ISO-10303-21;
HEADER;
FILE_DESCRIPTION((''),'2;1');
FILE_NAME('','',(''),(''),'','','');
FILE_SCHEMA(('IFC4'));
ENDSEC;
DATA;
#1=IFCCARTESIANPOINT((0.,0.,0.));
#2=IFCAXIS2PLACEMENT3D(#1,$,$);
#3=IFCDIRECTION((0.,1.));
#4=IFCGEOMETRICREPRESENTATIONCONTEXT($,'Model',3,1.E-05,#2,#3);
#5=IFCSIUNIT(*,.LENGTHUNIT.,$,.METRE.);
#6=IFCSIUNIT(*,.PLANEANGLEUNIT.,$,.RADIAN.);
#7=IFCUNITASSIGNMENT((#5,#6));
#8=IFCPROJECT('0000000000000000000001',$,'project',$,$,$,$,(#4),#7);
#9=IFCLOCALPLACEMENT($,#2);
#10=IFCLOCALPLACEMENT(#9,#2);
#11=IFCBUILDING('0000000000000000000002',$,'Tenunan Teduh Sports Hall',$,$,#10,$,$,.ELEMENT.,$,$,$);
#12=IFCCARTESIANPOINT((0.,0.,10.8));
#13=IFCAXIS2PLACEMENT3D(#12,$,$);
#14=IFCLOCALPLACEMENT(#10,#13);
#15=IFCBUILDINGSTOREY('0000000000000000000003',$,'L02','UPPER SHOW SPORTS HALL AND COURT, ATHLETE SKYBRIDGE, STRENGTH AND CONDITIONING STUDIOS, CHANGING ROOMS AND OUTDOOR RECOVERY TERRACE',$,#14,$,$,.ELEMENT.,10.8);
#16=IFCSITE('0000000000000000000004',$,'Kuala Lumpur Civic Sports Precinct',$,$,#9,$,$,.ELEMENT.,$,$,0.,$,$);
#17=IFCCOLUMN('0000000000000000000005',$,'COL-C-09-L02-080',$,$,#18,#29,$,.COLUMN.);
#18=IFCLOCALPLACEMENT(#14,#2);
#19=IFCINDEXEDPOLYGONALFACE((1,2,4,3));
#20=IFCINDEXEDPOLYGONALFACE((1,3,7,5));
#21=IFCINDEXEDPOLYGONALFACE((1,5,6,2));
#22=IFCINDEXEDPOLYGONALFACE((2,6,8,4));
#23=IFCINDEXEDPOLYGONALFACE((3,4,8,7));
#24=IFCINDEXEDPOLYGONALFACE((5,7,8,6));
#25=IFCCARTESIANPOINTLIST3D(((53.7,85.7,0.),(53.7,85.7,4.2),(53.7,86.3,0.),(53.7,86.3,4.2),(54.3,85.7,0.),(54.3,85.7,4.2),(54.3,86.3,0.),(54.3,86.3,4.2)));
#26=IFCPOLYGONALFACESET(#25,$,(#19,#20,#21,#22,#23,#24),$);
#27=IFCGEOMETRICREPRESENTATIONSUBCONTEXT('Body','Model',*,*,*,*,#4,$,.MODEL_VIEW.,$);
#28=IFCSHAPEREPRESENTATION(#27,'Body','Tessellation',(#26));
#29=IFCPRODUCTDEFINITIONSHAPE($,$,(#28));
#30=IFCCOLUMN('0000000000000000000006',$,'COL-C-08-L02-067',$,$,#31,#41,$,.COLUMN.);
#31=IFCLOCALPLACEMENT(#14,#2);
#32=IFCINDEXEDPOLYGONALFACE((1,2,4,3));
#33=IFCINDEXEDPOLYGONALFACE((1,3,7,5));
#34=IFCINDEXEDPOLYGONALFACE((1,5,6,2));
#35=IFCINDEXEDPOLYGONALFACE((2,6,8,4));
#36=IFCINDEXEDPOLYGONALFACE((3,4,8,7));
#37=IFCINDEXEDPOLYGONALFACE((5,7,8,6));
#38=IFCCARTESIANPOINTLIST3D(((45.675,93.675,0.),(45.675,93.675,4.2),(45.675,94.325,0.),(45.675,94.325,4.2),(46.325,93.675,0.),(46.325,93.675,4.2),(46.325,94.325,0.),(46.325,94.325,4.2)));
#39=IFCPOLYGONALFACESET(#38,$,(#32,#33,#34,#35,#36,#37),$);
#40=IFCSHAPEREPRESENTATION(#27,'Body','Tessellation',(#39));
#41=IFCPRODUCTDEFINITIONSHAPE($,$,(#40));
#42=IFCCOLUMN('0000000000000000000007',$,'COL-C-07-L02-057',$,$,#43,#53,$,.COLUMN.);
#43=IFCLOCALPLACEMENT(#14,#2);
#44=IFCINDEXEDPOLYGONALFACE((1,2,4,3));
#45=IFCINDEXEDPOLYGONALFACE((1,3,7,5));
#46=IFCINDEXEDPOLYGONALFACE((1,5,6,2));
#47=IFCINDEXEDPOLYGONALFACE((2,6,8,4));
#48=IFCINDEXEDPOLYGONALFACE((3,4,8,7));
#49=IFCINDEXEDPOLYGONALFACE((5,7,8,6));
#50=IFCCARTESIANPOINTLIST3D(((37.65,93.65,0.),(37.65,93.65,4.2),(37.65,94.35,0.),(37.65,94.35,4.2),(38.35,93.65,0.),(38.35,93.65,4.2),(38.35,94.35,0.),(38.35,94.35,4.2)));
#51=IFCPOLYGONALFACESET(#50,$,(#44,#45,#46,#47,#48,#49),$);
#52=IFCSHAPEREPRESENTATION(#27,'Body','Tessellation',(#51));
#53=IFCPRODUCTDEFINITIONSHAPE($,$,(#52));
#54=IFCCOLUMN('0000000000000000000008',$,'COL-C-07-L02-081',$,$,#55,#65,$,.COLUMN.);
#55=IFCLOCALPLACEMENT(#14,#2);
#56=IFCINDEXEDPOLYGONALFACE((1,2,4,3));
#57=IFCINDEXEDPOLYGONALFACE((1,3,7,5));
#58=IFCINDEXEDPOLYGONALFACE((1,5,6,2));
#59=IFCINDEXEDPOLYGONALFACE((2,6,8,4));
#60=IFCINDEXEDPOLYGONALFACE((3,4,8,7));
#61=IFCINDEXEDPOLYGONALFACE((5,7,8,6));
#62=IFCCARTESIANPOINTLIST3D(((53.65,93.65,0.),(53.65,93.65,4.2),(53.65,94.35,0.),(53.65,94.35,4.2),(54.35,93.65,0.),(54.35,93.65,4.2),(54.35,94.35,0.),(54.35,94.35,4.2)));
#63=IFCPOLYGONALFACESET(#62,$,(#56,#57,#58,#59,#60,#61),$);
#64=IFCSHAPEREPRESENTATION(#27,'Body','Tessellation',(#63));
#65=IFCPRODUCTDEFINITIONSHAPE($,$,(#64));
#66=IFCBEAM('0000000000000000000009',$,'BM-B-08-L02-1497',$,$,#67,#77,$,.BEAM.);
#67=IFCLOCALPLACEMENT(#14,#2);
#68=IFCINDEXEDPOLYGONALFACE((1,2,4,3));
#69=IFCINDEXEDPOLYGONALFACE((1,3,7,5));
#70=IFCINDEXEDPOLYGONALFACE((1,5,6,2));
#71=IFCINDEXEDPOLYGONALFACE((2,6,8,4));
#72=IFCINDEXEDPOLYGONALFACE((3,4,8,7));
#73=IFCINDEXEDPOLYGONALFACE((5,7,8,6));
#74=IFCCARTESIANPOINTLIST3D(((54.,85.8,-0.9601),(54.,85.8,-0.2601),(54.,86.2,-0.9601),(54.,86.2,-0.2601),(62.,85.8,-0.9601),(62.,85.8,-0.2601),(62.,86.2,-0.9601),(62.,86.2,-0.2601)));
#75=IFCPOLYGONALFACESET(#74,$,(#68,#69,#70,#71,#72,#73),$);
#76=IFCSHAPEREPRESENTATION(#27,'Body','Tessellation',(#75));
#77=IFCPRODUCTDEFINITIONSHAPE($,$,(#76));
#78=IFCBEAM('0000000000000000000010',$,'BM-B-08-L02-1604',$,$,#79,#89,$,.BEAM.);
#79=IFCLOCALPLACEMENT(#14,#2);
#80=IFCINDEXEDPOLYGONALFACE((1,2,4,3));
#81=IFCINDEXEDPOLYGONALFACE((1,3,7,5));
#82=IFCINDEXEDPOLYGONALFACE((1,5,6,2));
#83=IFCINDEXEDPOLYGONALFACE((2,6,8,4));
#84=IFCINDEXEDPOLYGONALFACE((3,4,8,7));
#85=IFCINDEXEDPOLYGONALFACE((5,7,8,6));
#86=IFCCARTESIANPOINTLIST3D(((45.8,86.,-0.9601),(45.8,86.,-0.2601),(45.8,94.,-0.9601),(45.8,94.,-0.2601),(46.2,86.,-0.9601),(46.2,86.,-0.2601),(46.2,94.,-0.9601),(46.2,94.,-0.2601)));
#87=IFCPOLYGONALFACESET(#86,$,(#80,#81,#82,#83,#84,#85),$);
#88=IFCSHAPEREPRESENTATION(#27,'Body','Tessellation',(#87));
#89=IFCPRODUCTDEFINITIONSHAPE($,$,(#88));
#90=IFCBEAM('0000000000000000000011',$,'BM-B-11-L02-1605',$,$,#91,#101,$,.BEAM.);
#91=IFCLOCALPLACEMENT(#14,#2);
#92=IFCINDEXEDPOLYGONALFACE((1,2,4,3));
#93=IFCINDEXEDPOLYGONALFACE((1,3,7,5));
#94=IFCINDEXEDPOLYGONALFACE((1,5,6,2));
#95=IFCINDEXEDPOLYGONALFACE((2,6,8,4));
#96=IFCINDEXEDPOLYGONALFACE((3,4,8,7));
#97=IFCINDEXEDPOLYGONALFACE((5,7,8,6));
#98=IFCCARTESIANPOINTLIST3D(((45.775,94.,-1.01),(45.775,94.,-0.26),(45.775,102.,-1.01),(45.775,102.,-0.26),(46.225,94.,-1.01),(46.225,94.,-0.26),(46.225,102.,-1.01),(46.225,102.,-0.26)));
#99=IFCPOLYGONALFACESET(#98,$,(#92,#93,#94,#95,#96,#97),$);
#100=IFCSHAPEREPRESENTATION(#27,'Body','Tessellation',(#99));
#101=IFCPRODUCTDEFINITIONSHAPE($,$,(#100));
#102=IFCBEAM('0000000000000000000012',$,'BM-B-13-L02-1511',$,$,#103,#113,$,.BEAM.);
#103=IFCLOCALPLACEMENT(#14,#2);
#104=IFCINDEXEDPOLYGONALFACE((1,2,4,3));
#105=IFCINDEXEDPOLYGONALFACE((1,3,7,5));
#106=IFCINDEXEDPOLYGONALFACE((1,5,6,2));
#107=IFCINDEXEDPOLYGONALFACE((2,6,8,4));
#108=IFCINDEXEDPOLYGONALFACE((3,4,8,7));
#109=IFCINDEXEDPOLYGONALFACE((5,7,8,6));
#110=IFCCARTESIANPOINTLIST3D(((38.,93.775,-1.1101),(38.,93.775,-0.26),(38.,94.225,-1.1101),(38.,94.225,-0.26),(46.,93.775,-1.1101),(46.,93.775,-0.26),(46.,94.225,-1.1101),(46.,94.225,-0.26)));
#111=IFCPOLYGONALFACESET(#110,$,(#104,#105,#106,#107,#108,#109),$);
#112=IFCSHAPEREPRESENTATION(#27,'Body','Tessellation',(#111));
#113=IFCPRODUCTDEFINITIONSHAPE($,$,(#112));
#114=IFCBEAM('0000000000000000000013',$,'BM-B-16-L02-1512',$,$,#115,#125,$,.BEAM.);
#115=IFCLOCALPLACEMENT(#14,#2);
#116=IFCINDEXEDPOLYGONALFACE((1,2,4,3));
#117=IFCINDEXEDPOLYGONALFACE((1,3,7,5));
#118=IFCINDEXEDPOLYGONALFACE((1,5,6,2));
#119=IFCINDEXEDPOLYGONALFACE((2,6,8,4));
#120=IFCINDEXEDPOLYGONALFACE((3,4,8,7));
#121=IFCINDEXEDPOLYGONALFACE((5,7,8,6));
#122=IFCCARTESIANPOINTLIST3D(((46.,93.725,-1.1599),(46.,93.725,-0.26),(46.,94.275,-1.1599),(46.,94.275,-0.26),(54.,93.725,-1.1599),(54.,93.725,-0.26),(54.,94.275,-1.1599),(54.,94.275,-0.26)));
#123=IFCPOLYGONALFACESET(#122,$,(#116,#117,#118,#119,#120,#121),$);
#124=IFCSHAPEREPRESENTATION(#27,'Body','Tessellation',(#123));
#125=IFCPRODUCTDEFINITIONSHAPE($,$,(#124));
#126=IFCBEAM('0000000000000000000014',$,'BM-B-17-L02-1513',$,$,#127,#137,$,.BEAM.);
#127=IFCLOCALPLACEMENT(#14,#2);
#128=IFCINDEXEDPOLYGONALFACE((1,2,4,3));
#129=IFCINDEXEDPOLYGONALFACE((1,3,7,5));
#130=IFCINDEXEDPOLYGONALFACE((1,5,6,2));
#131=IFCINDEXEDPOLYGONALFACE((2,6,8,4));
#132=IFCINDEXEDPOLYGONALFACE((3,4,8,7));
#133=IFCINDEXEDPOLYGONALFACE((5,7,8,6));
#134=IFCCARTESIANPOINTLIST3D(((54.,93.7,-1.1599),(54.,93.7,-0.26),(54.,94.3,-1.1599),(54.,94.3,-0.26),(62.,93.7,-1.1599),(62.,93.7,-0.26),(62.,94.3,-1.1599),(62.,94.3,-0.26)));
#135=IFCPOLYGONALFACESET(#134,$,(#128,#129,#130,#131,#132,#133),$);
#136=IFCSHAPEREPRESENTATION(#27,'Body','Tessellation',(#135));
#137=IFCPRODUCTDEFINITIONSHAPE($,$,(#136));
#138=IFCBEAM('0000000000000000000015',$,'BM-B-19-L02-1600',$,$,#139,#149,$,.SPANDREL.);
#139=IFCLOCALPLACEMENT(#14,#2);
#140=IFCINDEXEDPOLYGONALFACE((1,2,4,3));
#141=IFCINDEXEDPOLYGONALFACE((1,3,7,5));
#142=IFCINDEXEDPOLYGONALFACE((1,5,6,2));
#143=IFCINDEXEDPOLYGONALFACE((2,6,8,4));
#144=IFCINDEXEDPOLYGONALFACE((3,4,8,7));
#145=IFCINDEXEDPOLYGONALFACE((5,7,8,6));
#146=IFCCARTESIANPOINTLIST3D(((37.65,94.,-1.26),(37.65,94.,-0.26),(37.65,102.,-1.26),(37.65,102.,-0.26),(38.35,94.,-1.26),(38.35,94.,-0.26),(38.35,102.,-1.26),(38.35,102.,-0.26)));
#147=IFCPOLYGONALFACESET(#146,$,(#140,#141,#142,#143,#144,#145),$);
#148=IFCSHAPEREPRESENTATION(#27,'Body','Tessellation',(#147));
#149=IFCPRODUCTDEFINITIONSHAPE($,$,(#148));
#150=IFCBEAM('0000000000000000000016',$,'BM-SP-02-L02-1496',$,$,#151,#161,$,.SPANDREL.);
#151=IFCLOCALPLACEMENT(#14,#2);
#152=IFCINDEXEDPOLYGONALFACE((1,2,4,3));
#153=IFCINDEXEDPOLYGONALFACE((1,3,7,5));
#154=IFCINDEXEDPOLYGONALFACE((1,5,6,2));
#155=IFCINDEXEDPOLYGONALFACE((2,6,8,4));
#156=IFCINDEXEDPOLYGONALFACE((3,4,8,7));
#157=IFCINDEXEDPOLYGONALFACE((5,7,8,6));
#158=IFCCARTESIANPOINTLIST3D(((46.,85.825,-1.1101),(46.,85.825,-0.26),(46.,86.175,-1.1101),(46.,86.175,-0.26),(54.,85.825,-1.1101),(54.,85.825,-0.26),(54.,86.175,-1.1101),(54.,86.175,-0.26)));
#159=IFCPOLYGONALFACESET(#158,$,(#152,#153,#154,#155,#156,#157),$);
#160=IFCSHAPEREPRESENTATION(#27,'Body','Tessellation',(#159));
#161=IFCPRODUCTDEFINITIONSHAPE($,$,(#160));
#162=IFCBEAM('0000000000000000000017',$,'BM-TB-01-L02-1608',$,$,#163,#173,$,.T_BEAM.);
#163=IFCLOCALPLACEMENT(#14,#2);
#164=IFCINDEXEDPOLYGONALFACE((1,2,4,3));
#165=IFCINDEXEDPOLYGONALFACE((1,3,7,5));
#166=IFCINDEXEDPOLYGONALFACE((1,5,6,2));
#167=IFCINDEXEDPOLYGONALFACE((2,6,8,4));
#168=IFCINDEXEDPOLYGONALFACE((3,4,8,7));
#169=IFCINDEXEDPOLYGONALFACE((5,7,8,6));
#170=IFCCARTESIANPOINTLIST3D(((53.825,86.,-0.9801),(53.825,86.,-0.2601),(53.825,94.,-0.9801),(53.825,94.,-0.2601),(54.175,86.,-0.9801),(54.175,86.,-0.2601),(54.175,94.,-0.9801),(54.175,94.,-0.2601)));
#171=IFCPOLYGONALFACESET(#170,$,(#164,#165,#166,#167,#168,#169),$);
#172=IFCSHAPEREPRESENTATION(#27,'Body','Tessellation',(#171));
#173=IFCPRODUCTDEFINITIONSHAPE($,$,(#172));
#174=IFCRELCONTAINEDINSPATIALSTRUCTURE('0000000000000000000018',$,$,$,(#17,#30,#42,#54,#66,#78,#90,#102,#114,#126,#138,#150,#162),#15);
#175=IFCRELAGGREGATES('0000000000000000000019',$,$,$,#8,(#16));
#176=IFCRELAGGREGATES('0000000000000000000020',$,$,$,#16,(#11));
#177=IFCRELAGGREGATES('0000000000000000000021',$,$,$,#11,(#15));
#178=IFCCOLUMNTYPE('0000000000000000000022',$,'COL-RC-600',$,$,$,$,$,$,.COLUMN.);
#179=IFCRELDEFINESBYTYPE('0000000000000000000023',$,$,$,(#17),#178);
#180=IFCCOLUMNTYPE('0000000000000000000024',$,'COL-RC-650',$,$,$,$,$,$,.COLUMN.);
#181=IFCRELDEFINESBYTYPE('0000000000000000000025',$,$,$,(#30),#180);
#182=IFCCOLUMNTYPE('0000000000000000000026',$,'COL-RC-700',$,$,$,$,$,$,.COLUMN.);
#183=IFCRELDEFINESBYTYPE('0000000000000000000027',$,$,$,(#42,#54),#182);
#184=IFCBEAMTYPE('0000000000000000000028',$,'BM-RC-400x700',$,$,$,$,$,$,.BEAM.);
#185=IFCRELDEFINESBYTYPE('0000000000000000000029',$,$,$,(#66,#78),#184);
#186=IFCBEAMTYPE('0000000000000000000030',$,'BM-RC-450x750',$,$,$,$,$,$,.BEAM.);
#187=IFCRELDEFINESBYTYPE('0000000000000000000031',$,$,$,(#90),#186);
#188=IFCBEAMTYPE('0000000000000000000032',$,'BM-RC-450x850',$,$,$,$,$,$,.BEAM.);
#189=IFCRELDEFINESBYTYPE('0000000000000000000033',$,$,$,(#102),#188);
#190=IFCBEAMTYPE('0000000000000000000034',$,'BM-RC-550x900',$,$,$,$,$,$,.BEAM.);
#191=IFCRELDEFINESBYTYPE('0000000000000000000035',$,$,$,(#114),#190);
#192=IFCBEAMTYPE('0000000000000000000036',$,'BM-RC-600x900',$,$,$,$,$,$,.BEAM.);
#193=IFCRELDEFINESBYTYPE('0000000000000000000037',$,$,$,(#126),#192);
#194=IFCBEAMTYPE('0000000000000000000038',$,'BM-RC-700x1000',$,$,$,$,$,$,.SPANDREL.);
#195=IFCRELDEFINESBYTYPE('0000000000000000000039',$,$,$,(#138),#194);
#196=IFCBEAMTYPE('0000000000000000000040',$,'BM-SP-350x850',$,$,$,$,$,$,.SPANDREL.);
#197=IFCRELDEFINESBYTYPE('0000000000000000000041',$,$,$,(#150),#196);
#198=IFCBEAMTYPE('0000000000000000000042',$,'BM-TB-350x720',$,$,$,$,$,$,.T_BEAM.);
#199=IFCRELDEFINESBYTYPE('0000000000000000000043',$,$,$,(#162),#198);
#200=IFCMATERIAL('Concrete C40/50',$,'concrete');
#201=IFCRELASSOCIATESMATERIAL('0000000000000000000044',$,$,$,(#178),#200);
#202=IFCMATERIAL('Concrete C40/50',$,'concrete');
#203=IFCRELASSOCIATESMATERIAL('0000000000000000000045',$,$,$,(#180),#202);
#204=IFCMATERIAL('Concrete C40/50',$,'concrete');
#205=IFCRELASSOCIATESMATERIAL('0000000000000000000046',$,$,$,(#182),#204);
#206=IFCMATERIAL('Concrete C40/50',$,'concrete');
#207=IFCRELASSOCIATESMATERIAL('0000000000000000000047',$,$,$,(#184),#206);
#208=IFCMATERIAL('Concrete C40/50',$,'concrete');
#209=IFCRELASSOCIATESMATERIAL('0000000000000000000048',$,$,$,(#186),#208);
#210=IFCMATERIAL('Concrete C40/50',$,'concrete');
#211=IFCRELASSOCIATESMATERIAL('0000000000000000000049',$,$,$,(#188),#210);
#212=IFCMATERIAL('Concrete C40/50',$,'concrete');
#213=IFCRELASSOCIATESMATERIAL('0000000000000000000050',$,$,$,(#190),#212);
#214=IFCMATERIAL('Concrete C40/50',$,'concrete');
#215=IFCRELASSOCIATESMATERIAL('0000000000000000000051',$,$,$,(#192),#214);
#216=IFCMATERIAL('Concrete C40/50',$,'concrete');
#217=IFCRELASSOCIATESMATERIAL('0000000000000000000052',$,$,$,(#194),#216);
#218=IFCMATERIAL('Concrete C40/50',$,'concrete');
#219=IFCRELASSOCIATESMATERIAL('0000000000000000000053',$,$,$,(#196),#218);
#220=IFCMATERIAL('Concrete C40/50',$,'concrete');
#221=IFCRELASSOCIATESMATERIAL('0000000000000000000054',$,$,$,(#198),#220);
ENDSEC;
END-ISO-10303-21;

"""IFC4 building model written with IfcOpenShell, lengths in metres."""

from ifc_helpers import new_model, si_unit, direction, frame, origin, origin_2d, place, context, subcontext, project, spatial, rectangle, extrude, material, material_profile, profile_set, type_object, element, save


model = new_model("IFC4")

# Units and contexts
model_context = context("Model", 3, precision=1e-05, world=origin(), true_north=direction((0.0, 1.0)))
body_context = subcontext(model_context, "Body", "Model", "MODEL_VIEW")
ifc_project = project(units=[si_unit("LENGTHUNIT", "METRE"), si_unit("PLANEANGLEUNIT", "RADIAN")], contexts=[model_context])

# Site, building, storey
site_placement = place(None, origin())
site = spatial("IfcSite", under=ifc_project, at=site_placement, Name="Kuala Lumpur Civic Sports Precinct", CompositionType="ELEMENT", RefElevation=0.0)
building_placement = place(site_placement, origin())
building = spatial("IfcBuilding", under=site, at=building_placement, Name="Tenunan Teduh Sports Hall", CompositionType="ELEMENT")
storey_placement = place(building_placement, frame((0.0, 0.0, 10.8)))
storey = spatial("IfcBuildingStorey", under=building, at=storey_placement, Name="L02", Description="UPPER SHOW SPORTS HALL AND COURT, ATHLETE SKYBRIDGE, STRENGTH AND CONDITIONING STUDIOS, CHANGING ROOMS AND OUTDOOR RECOVERY TERRACE", CompositionType="ELEMENT", Elevation=10.8)

# Columns
ifc_material_1 = material(Name="Concrete C40/50", Category="concrete")
ifc_material_profile_1 = material_profile(ifc_material_1, rectangle(XDim=0.6001, YDim=0.6001, at=origin_2d()), Name="RC 600x600")
ifc_profile_set_1 = profile_set([ifc_material_profile_1], Name="Concrete C40/50")
column_type_1 = type_object("IfcColumnType", Name="COL-RC-600", PredefinedType="COLUMN", material=ifc_profile_set_1)
column_1_placement = place(storey_placement, frame((54.0, 86.0, 0.0), z_axis=(0.0, 0.0, 1.0), x_axis=(1.0, 0.0, 0.0)))
element("IfcColumn", 1, at=column_1_placement, inside=storey, type_object=column_type_1, Name="COL-C-09-L02-080", PredefinedType="COLUMN", context=body_context, shape_type="SweptSolid", body=[
    extrude(rectangle(XDim=0.6001, YDim=0.6001, at=origin_2d()), origin(), (0.0, 0.0, 1.0), 4.2),
])
ifc_material_2 = material(Name="Concrete C40/50", Category="concrete")
ifc_material_profile_2 = material_profile(ifc_material_2, rectangle(XDim=0.6499, YDim=0.6499, at=origin_2d()), Name="RC 650x650")
ifc_profile_set_2 = profile_set([ifc_material_profile_2], Name="Concrete C40/50")
column_type_2 = type_object("IfcColumnType", Name="COL-RC-650", PredefinedType="COLUMN", material=ifc_profile_set_2)
column_2_placement = place(storey_placement, frame((46.0, 94.0, 0.0), z_axis=(0.0, 0.0, 1.0), x_axis=(1.0, 0.0, 0.0)))
element("IfcColumn", 2, at=column_2_placement, inside=storey, type_object=column_type_2, Name="COL-C-08-L02-067", PredefinedType="COLUMN", context=body_context, shape_type="SweptSolid", body=[
    extrude(rectangle(XDim=0.6499, YDim=0.6499, at=origin_2d()), origin(), (0.0, 0.0, 1.0), 4.2),
])
ifc_material_3 = material(Name="Concrete C40/50", Category="concrete")
ifc_material_profile_3 = material_profile(ifc_material_3, rectangle(XDim=0.7, YDim=0.7, at=origin_2d()), Name="RC 700x700")
ifc_profile_set_3 = profile_set([ifc_material_profile_3], Name="Concrete C40/50")
column_type_3 = type_object("IfcColumnType", Name="COL-RC-700", PredefinedType="COLUMN", material=ifc_profile_set_3)
for number, where, z_axis, x_axis, name in (
    (3, (38.0, 94.0, 0.0), (0.0, 0.0, 1.0), (1.0, 0.0, 0.0), "COL-C-07-L02-057"),
    (4, (54.0, 94.0, 0.0), (0.0, 0.0, 1.0), (1.0, 0.0, 0.0), "COL-C-07-L02-081"),
):
    element("IfcColumn", number, at=place(storey_placement, frame(where, z_axis=z_axis, x_axis=x_axis)), inside=storey, type_object=column_type_3, Name=name, PredefinedType="COLUMN", context=body_context, shape_type="SweptSolid", body=[
        extrude(rectangle(XDim=0.7, YDim=0.7, at=origin_2d()), origin(), (0.0, 0.0, 1.0), 4.2),
    ])

# Beams
ifc_material_4 = material(Name="Concrete C40/50", Category="concrete")
ifc_material_profile_4 = material_profile(ifc_material_4, rectangle(XDim=0.3999, YDim=0.7, at=origin_2d()), Name="RCB 400x700")
ifc_profile_set_4 = profile_set([ifc_material_profile_4], Name="Concrete C40/50")
beam_type_1 = type_object("IfcBeamType", Name="BM-RC-400x700", PredefinedType="BEAM", material=ifc_profile_set_4)
for number, where, z_axis, x_axis, name in (
    (5, (54.0, 86.0, -0.6101), (1.0, 0.0, 0.0), (0.0, 1.0, 0.0), "BM-B-08-L02-1497"),
    (6, (46.0, 86.0, -0.6101), (0.0, 1.0, 0.0), (-1.0, 0.0, 0.0), "BM-B-08-L02-1604"),
):
    element("IfcBeam", number, at=place(storey_placement, frame(where, z_axis=z_axis, x_axis=x_axis)), inside=storey, type_object=beam_type_1, Name=name, PredefinedType="BEAM", context=body_context, shape_type="SweptSolid", body=[
        extrude(rectangle(XDim=0.3999, YDim=0.7, at=origin_2d()), origin(), (0.0, 0.0, 1.0), 8.0),
    ])
ifc_material_5 = material(Name="Concrete C40/50", Category="concrete")
ifc_material_profile_5 = material_profile(ifc_material_5, rectangle(XDim=0.45, YDim=0.75, at=origin_2d()), Name="RCB 450x750")
ifc_profile_set_5 = profile_set([ifc_material_profile_5], Name="Concrete C40/50")
beam_type_2 = type_object("IfcBeamType", Name="BM-RC-450x750", PredefinedType="BEAM", material=ifc_profile_set_5)
beam_1_placement = place(storey_placement, frame((46.0, 94.0, -0.635), z_axis=(0.0, 1.0, 0.0), x_axis=(-1.0, 0.0, 0.0)))
element("IfcBeam", 7, at=beam_1_placement, inside=storey, type_object=beam_type_2, Name="BM-B-11-L02-1605", PredefinedType="BEAM", context=body_context, shape_type="SweptSolid", body=[
    extrude(rectangle(XDim=0.45, YDim=0.75, at=origin_2d()), origin(), (0.0, 0.0, 1.0), 8.0),
])
ifc_material_6 = material(Name="Concrete C40/50", Category="concrete")
ifc_material_profile_6 = material_profile(ifc_material_6, rectangle(XDim=0.45, YDim=0.8501, at=origin_2d()), Name="RCB 450x850")
ifc_profile_set_6 = profile_set([ifc_material_profile_6], Name="Concrete C40/50")
beam_type_3 = type_object("IfcBeamType", Name="BM-RC-450x850", PredefinedType="BEAM", material=ifc_profile_set_6)
beam_2_placement = place(storey_placement, frame((38.0, 94.0, -0.6851), z_axis=(1.0, 0.0, 0.0), x_axis=(0.0, 1.0, 0.0)))
element("IfcBeam", 8, at=beam_2_placement, inside=storey, type_object=beam_type_3, Name="BM-B-13-L02-1511", PredefinedType="BEAM", context=body_context, shape_type="SweptSolid", body=[
    extrude(rectangle(XDim=0.45, YDim=0.8501, at=origin_2d()), origin(), (0.0, 0.0, 1.0), 8.0),
])
ifc_material_7 = material(Name="Concrete C40/50", Category="concrete")
ifc_material_profile_7 = material_profile(ifc_material_7, rectangle(XDim=0.55, YDim=0.8999, at=origin_2d()), Name="RCB 550x900")
ifc_profile_set_7 = profile_set([ifc_material_profile_7], Name="Concrete C40/50")
beam_type_4 = type_object("IfcBeamType", Name="BM-RC-550x900", PredefinedType="BEAM", material=ifc_profile_set_7)
beam_3_placement = place(storey_placement, frame((46.0, 94.0, -0.71), z_axis=(1.0, 0.0, 0.0), x_axis=(0.0, 1.0, 0.0)))
element("IfcBeam", 9, at=beam_3_placement, inside=storey, type_object=beam_type_4, Name="BM-B-16-L02-1512", PredefinedType="BEAM", context=body_context, shape_type="SweptSolid", body=[
    extrude(rectangle(XDim=0.55, YDim=0.8999, at=origin_2d()), origin(), (0.0, 0.0, 1.0), 8.0),
])
ifc_material_8 = material(Name="Concrete C40/50", Category="concrete")
ifc_material_profile_8 = material_profile(ifc_material_8, rectangle(XDim=0.6001, YDim=0.8999, at=origin_2d()), Name="RCB 600x900")
ifc_profile_set_8 = profile_set([ifc_material_profile_8], Name="Concrete C40/50")
beam_type_5 = type_object("IfcBeamType", Name="BM-RC-600x900", PredefinedType="BEAM", material=ifc_profile_set_8)
beam_4_placement = place(storey_placement, frame((54.0, 94.0, -0.71), z_axis=(1.0, 0.0, 0.0), x_axis=(0.0, 1.0, 0.0)))
element("IfcBeam", 10, at=beam_4_placement, inside=storey, type_object=beam_type_5, Name="BM-B-17-L02-1513", PredefinedType="BEAM", context=body_context, shape_type="SweptSolid", body=[
    extrude(rectangle(XDim=0.6001, YDim=0.8999, at=origin_2d()), origin(), (0.0, 0.0, 1.0), 8.0),
])
ifc_material_9 = material(Name="Concrete C40/50", Category="concrete")
ifc_material_profile_9 = material_profile(ifc_material_9, rectangle(XDim=0.7, YDim=1.0, at=origin_2d()), Name="RCB 700x1000")
ifc_profile_set_9 = profile_set([ifc_material_profile_9], Name="Concrete C40/50")
beam_type_6 = type_object("IfcBeamType", Name="BM-RC-700x1000", PredefinedType="SPANDREL", material=ifc_profile_set_9)
beam_5_placement = place(storey_placement, frame((38.0, 94.0, -0.76), z_axis=(0.0, 1.0, 0.0), x_axis=(-1.0, 0.0, 0.0)))
element("IfcBeam", 11, at=beam_5_placement, inside=storey, type_object=beam_type_6, Name="BM-B-19-L02-1600", PredefinedType="SPANDREL", context=body_context, shape_type="SweptSolid", body=[
    extrude(rectangle(XDim=0.7, YDim=1.0, at=origin_2d()), origin(), (0.0, 0.0, 1.0), 8.0),
])
ifc_material_10 = material(Name="Concrete C40/50", Category="concrete")
ifc_material_profile_10 = material_profile(ifc_material_10, rectangle(XDim=0.3501, YDim=0.8501, at=origin_2d()), Name="SPB 350x850")
ifc_profile_set_10 = profile_set([ifc_material_profile_10], Name="Concrete C40/50")
beam_type_7 = type_object("IfcBeamType", Name="BM-SP-350x850", PredefinedType="SPANDREL", material=ifc_profile_set_10)
beam_6_placement = place(storey_placement, frame((46.0, 86.0, -0.6851), z_axis=(1.0, 0.0, 0.0), x_axis=(0.0, 1.0, 0.0)))
element("IfcBeam", 12, at=beam_6_placement, inside=storey, type_object=beam_type_7, Name="BM-SP-02-L02-1496", PredefinedType="SPANDREL", context=body_context, shape_type="SweptSolid", body=[
    extrude(rectangle(XDim=0.3501, YDim=0.8501, at=origin_2d()), origin(), (0.0, 0.0, 1.0), 8.0),
])
ifc_material_11 = material(Name="Concrete C40/50", Category="concrete")
ifc_material_profile_11 = material_profile(ifc_material_11, rectangle(XDim=0.3501, YDim=0.72, at=origin_2d()), Name="TB 350x720")
ifc_profile_set_11 = profile_set([ifc_material_profile_11], Name="Concrete C40/50")
beam_type_8 = type_object("IfcBeamType", Name="BM-TB-350x720", PredefinedType="T_BEAM", material=ifc_profile_set_11)
beam_7_placement = place(storey_placement, frame((54.0, 86.0, -0.6201), z_axis=(0.0, 1.0, 0.0), x_axis=(-1.0, 0.0, 0.0)))
element("IfcBeam", 13, at=beam_7_placement, inside=storey, type_object=beam_type_8, Name="BM-TB-01-L02-1608", PredefinedType="T_BEAM", context=body_context, shape_type="SweptSolid", body=[
    extrude(rectangle(XDim=0.3501, YDim=0.72, at=origin_2d()), origin(), (0.0, 0.0, 1.0), 8.0),
])

save(model, "model.ifc")
